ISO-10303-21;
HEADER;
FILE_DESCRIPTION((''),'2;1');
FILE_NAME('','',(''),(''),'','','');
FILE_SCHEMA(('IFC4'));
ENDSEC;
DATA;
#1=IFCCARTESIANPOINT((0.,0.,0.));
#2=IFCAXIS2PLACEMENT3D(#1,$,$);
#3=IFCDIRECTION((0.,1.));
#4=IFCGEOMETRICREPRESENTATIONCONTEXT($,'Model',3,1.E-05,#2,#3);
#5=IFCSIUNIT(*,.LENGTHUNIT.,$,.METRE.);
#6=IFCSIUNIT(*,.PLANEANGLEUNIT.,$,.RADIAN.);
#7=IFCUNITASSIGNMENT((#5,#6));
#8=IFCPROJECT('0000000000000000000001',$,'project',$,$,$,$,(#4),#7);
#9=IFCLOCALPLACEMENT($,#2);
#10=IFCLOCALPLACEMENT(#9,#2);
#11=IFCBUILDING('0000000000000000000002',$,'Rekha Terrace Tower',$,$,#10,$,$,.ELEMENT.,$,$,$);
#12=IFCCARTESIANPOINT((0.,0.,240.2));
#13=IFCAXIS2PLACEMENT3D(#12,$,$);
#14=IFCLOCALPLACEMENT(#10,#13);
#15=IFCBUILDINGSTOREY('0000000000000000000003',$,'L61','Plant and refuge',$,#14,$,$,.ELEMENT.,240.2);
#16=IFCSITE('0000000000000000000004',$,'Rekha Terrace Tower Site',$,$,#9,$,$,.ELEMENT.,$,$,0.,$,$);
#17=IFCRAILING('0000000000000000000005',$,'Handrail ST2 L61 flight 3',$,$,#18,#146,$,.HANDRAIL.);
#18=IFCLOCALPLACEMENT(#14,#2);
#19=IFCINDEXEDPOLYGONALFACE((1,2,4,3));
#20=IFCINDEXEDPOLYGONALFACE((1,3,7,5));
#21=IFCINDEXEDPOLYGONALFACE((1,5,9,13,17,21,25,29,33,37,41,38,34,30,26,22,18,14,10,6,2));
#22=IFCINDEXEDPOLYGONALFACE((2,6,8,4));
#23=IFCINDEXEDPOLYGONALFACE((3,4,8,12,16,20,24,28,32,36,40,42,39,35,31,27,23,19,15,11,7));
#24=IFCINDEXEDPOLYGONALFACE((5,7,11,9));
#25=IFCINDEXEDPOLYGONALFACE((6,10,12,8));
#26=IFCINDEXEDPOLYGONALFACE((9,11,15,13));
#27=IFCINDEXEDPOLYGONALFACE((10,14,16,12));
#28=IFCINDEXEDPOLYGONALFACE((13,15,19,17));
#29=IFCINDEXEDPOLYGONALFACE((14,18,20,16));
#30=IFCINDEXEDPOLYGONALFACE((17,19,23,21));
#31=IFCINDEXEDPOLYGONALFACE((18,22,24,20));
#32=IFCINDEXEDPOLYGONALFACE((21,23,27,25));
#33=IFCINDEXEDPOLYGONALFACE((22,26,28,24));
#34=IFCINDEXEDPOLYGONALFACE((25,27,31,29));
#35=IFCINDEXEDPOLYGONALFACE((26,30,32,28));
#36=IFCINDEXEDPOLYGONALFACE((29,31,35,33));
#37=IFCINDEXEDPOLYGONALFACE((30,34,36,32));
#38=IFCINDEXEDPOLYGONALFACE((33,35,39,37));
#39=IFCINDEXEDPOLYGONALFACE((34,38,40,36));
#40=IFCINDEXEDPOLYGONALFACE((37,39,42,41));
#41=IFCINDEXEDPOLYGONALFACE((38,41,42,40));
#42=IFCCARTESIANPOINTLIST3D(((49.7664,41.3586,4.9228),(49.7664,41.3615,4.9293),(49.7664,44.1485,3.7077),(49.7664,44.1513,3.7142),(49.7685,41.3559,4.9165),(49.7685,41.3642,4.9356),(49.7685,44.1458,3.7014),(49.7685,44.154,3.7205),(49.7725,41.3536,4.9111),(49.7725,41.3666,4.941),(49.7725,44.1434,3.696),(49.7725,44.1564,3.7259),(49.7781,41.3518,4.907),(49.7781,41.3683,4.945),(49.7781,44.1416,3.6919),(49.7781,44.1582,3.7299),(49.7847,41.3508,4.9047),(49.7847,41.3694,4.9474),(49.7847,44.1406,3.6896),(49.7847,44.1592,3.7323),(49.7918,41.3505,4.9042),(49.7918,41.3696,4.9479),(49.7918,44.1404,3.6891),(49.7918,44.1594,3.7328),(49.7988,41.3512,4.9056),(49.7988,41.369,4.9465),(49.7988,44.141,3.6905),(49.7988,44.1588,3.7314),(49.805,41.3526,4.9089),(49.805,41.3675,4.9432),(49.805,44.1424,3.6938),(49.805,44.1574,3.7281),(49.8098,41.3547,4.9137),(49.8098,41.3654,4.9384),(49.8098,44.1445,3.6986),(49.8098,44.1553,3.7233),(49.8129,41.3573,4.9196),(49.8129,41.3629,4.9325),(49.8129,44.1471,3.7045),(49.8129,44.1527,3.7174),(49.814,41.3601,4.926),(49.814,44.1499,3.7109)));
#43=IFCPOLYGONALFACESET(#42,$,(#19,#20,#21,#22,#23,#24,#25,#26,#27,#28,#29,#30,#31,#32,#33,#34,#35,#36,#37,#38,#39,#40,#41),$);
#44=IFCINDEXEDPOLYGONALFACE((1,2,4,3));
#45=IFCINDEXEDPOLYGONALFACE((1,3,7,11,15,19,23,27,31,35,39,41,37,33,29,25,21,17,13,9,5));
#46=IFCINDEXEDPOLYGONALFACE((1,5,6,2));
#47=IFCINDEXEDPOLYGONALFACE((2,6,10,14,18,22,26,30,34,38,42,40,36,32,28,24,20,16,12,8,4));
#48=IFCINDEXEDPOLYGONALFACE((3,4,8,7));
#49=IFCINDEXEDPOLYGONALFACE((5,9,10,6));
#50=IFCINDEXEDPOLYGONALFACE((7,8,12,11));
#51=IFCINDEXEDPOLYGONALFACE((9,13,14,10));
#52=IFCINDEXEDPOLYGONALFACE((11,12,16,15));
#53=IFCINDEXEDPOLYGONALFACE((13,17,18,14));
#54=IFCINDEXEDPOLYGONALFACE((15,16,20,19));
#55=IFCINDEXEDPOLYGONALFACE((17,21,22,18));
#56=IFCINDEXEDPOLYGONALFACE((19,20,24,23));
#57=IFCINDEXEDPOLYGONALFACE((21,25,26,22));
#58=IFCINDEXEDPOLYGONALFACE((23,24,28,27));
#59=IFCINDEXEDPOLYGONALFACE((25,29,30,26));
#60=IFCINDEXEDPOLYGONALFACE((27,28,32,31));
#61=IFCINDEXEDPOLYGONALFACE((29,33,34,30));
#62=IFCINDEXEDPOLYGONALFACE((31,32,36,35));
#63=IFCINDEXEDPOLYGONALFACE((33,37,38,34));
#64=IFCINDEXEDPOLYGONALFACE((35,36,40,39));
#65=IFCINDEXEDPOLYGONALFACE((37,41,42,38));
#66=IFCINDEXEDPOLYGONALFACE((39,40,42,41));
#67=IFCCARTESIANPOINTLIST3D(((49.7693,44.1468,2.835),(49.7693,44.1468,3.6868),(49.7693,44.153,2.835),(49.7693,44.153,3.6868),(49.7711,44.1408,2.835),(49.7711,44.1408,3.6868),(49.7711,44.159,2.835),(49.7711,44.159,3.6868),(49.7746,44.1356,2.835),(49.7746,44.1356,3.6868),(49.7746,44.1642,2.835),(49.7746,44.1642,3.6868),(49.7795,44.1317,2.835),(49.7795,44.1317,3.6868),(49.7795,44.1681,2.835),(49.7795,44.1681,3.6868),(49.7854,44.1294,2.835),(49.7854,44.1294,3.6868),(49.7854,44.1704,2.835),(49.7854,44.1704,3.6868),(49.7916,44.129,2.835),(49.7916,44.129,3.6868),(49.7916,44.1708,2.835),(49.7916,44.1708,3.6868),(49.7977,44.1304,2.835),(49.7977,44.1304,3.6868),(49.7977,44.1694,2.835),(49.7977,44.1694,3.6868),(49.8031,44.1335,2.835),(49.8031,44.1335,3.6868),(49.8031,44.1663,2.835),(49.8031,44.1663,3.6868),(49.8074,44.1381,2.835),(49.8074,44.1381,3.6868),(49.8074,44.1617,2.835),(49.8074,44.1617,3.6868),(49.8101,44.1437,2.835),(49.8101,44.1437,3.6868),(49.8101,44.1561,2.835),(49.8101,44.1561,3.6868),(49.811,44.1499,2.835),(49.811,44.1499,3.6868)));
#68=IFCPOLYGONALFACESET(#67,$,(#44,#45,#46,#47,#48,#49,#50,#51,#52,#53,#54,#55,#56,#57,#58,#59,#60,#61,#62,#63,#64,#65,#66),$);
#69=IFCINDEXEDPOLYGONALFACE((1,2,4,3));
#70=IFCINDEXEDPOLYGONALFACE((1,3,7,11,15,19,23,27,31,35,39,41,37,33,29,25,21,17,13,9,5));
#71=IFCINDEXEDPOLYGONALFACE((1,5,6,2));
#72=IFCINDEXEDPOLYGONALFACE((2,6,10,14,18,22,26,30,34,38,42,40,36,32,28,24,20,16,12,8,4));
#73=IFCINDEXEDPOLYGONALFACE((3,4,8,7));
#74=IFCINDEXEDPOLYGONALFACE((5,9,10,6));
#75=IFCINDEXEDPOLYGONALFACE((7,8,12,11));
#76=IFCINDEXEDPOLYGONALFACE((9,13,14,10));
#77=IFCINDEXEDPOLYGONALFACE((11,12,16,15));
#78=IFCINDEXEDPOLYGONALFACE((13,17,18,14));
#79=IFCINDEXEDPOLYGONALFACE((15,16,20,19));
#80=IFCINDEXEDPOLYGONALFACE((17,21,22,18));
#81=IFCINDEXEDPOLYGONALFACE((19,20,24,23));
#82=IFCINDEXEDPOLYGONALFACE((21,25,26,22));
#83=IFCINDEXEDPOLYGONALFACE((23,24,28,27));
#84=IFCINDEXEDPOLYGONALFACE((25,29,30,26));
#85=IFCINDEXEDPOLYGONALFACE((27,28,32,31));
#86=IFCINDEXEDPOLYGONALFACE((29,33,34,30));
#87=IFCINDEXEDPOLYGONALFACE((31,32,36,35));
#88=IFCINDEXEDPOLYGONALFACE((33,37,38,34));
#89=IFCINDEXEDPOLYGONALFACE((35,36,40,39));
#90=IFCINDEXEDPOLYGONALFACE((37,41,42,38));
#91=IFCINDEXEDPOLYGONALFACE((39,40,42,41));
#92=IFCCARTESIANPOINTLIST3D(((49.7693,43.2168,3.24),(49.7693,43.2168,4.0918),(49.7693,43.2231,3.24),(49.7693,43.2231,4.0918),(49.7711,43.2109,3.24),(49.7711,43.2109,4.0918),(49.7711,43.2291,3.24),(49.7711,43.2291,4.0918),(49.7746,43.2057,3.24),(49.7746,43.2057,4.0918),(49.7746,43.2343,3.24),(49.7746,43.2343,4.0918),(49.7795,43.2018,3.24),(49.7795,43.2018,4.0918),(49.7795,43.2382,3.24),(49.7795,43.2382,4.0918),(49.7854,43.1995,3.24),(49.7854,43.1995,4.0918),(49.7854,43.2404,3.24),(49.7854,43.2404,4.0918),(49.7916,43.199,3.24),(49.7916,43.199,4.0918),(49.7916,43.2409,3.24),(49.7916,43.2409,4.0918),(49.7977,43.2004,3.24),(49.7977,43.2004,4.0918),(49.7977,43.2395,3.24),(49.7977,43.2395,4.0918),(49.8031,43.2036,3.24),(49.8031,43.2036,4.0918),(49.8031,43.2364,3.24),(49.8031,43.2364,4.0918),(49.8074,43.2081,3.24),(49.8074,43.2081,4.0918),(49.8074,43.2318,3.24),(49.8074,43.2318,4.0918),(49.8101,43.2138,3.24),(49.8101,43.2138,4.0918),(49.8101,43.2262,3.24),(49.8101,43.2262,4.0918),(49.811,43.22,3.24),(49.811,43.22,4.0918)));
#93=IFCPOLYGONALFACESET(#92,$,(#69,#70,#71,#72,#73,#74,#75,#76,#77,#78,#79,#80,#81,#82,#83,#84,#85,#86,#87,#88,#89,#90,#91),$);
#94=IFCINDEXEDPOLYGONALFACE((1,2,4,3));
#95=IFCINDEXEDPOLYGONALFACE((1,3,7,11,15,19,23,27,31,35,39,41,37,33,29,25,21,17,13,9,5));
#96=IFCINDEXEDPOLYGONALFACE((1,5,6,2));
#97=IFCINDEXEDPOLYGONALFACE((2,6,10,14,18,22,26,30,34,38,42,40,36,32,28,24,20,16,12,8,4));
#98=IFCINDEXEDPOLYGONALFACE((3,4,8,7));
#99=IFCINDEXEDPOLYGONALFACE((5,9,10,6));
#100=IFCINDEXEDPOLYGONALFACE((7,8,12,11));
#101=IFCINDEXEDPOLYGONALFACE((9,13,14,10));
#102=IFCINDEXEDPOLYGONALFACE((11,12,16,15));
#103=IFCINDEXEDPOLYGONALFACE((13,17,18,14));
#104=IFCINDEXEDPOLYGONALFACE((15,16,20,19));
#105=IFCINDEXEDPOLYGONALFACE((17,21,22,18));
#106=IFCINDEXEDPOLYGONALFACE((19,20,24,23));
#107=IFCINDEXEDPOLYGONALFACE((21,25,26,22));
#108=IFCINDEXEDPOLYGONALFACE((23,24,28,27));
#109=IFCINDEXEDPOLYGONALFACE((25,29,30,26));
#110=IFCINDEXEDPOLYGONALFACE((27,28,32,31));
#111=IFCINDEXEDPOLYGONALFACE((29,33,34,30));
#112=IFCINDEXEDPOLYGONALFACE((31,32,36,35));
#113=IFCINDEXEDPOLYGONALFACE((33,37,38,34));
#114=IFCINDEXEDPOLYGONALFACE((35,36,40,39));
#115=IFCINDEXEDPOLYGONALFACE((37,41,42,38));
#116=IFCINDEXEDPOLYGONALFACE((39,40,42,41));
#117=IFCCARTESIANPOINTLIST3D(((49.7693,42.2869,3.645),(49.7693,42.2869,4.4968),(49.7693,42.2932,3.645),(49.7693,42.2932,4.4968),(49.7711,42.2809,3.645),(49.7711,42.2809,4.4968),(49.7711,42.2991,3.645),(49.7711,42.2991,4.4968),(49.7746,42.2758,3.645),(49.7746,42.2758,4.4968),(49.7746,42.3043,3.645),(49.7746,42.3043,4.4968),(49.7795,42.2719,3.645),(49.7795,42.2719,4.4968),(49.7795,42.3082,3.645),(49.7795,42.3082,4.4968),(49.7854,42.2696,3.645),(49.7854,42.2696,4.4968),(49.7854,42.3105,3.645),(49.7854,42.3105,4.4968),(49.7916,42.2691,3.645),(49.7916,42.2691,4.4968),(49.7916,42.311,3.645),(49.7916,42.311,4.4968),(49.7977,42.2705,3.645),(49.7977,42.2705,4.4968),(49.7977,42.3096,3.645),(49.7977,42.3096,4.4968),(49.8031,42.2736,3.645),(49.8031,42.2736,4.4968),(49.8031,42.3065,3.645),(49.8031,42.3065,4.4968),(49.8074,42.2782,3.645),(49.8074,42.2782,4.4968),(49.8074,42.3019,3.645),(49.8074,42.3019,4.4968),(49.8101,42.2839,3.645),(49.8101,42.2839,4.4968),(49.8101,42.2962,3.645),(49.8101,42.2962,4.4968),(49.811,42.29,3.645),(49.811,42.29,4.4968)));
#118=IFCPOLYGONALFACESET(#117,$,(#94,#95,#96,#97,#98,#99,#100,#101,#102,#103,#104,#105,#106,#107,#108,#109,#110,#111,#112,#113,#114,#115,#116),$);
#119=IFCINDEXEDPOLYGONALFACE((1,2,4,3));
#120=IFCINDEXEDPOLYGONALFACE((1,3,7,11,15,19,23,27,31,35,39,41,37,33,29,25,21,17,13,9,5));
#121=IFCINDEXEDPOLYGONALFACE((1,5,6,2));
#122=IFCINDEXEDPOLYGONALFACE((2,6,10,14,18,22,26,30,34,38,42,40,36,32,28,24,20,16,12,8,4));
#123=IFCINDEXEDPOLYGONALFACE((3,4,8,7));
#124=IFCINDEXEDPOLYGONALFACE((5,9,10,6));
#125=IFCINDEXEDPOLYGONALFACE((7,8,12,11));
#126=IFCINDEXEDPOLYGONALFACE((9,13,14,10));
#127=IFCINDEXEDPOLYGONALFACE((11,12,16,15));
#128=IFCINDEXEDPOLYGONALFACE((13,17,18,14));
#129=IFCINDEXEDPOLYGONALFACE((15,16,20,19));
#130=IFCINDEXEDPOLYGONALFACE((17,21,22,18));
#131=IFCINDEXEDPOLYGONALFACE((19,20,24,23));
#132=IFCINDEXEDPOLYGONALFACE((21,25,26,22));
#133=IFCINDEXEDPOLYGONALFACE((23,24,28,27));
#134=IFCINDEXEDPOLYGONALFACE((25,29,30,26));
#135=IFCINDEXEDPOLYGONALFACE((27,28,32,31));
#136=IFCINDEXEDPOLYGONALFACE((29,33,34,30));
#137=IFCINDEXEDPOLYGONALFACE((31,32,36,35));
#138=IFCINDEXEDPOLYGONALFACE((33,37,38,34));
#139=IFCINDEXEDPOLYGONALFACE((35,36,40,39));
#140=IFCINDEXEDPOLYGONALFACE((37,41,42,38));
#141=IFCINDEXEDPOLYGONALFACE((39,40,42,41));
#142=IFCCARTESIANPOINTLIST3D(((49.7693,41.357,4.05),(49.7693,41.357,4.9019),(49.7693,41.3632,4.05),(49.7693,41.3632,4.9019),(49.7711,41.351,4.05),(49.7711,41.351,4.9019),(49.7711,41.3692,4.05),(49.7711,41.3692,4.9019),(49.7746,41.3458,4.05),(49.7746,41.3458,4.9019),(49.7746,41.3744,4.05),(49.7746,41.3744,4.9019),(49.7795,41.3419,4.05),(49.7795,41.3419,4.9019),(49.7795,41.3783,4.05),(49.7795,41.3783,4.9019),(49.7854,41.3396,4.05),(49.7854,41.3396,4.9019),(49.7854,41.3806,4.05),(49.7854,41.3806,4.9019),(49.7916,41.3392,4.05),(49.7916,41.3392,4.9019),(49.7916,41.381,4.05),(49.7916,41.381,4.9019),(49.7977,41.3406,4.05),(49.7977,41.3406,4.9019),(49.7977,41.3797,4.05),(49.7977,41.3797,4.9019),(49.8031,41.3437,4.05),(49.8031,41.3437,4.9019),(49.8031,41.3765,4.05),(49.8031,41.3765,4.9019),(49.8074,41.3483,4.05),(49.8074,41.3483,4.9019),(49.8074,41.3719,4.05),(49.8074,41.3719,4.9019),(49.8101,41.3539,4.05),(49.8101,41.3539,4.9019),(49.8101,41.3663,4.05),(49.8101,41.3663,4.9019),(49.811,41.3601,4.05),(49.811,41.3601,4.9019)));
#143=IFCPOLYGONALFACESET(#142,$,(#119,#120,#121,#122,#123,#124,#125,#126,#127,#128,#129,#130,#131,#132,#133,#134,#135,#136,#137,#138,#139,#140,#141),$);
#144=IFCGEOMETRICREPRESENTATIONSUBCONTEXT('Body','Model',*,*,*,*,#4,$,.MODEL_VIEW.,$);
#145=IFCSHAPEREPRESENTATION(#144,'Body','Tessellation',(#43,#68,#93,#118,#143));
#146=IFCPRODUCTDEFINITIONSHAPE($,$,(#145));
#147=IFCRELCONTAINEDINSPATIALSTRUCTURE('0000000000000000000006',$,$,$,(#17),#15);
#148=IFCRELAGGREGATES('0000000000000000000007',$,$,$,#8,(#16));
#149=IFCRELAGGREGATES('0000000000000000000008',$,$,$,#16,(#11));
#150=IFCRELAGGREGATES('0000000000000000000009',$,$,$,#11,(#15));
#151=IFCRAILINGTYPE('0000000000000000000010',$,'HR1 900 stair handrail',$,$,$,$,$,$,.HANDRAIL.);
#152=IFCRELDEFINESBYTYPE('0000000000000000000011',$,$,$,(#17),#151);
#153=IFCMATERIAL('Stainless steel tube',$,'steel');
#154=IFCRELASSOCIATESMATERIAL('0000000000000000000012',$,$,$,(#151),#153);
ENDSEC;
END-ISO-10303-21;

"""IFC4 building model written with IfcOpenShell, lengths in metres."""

from ifc_helpers import new_model, si_unit, direction, frame, origin, origin_2d, place, context, subcontext, project, spatial, circle, extrude, material, type_object, element, save


model = new_model("IFC4")

# Units and contexts
model_context = context("Model", 3, precision=1e-05, world=origin(), true_north=direction((0.0, 1.0)))
body_context = subcontext(model_context, "Body", "Model", "MODEL_VIEW")
ifc_project = project(units=[si_unit("LENGTHUNIT", "METRE"), si_unit("PLANEANGLEUNIT", "RADIAN")], contexts=[model_context])

# Site, building, storey
site_placement = place(None, origin())
site = spatial("IfcSite", under=ifc_project, at=site_placement, Name="Rekha Terrace Tower Site", CompositionType="ELEMENT", RefElevation=0.0)
building_placement = place(site_placement, origin())
building = spatial("IfcBuilding", under=site, at=building_placement, Name="Rekha Terrace Tower", CompositionType="ELEMENT")
storey_placement = place(building_placement, frame((0.0, 0.0, 240.2)))
storey = spatial("IfcBuildingStorey", under=building, at=storey_placement, Name="L61", Description="Plant and refuge", CompositionType="ELEMENT", Elevation=240.2)

# Railing
ifc_material_1 = material(Name="Stainless steel tube", Category="steel")
railing_type_1 = type_object("IfcRailingType", Name="HR1 900 stair handrail", PredefinedType="HANDRAIL", material=ifc_material_1)
railing_1_placement = place(storey_placement, frame((49.79, 44.1499, 2.835)))
element("IfcRailing", 1, at=railing_1_placement, inside=storey, type_object=railing_type_1, Name="Handrail ST2 L61 flight 3", PredefinedType="HANDRAIL", context=body_context, shape_type="SweptSolid", body=[
    extrude(circle(Radius=0.0239, at=origin_2d()), frame((0.0, 0.0, 0.876), z_axis=(0.0, -0.916813, 0.399316), x_axis=(1.0, 0.0, 0.0)), (0.0, 0.0, 1.0), 3.043),
    extrude(circle(Radius=0.021, at=origin_2d()), origin(), (0.0, 0.0, 1.0), 0.8518),
    extrude(circle(Radius=0.021, at=origin_2d()), frame((0.0, -0.9299, 0.405)), (0.0, 0.0, 1.0), 0.8518),
    extrude(circle(Radius=0.021, at=origin_2d()), frame((0.0, -1.8599, 0.8101)), (0.0, 0.0, 1.0), 0.8518),
    extrude(circle(Radius=0.021, at=origin_2d()), frame((0.0, -2.7898, 1.2151)), (0.0, 0.0, 1.0), 0.8518),
])

save(model, "model.ifc")
